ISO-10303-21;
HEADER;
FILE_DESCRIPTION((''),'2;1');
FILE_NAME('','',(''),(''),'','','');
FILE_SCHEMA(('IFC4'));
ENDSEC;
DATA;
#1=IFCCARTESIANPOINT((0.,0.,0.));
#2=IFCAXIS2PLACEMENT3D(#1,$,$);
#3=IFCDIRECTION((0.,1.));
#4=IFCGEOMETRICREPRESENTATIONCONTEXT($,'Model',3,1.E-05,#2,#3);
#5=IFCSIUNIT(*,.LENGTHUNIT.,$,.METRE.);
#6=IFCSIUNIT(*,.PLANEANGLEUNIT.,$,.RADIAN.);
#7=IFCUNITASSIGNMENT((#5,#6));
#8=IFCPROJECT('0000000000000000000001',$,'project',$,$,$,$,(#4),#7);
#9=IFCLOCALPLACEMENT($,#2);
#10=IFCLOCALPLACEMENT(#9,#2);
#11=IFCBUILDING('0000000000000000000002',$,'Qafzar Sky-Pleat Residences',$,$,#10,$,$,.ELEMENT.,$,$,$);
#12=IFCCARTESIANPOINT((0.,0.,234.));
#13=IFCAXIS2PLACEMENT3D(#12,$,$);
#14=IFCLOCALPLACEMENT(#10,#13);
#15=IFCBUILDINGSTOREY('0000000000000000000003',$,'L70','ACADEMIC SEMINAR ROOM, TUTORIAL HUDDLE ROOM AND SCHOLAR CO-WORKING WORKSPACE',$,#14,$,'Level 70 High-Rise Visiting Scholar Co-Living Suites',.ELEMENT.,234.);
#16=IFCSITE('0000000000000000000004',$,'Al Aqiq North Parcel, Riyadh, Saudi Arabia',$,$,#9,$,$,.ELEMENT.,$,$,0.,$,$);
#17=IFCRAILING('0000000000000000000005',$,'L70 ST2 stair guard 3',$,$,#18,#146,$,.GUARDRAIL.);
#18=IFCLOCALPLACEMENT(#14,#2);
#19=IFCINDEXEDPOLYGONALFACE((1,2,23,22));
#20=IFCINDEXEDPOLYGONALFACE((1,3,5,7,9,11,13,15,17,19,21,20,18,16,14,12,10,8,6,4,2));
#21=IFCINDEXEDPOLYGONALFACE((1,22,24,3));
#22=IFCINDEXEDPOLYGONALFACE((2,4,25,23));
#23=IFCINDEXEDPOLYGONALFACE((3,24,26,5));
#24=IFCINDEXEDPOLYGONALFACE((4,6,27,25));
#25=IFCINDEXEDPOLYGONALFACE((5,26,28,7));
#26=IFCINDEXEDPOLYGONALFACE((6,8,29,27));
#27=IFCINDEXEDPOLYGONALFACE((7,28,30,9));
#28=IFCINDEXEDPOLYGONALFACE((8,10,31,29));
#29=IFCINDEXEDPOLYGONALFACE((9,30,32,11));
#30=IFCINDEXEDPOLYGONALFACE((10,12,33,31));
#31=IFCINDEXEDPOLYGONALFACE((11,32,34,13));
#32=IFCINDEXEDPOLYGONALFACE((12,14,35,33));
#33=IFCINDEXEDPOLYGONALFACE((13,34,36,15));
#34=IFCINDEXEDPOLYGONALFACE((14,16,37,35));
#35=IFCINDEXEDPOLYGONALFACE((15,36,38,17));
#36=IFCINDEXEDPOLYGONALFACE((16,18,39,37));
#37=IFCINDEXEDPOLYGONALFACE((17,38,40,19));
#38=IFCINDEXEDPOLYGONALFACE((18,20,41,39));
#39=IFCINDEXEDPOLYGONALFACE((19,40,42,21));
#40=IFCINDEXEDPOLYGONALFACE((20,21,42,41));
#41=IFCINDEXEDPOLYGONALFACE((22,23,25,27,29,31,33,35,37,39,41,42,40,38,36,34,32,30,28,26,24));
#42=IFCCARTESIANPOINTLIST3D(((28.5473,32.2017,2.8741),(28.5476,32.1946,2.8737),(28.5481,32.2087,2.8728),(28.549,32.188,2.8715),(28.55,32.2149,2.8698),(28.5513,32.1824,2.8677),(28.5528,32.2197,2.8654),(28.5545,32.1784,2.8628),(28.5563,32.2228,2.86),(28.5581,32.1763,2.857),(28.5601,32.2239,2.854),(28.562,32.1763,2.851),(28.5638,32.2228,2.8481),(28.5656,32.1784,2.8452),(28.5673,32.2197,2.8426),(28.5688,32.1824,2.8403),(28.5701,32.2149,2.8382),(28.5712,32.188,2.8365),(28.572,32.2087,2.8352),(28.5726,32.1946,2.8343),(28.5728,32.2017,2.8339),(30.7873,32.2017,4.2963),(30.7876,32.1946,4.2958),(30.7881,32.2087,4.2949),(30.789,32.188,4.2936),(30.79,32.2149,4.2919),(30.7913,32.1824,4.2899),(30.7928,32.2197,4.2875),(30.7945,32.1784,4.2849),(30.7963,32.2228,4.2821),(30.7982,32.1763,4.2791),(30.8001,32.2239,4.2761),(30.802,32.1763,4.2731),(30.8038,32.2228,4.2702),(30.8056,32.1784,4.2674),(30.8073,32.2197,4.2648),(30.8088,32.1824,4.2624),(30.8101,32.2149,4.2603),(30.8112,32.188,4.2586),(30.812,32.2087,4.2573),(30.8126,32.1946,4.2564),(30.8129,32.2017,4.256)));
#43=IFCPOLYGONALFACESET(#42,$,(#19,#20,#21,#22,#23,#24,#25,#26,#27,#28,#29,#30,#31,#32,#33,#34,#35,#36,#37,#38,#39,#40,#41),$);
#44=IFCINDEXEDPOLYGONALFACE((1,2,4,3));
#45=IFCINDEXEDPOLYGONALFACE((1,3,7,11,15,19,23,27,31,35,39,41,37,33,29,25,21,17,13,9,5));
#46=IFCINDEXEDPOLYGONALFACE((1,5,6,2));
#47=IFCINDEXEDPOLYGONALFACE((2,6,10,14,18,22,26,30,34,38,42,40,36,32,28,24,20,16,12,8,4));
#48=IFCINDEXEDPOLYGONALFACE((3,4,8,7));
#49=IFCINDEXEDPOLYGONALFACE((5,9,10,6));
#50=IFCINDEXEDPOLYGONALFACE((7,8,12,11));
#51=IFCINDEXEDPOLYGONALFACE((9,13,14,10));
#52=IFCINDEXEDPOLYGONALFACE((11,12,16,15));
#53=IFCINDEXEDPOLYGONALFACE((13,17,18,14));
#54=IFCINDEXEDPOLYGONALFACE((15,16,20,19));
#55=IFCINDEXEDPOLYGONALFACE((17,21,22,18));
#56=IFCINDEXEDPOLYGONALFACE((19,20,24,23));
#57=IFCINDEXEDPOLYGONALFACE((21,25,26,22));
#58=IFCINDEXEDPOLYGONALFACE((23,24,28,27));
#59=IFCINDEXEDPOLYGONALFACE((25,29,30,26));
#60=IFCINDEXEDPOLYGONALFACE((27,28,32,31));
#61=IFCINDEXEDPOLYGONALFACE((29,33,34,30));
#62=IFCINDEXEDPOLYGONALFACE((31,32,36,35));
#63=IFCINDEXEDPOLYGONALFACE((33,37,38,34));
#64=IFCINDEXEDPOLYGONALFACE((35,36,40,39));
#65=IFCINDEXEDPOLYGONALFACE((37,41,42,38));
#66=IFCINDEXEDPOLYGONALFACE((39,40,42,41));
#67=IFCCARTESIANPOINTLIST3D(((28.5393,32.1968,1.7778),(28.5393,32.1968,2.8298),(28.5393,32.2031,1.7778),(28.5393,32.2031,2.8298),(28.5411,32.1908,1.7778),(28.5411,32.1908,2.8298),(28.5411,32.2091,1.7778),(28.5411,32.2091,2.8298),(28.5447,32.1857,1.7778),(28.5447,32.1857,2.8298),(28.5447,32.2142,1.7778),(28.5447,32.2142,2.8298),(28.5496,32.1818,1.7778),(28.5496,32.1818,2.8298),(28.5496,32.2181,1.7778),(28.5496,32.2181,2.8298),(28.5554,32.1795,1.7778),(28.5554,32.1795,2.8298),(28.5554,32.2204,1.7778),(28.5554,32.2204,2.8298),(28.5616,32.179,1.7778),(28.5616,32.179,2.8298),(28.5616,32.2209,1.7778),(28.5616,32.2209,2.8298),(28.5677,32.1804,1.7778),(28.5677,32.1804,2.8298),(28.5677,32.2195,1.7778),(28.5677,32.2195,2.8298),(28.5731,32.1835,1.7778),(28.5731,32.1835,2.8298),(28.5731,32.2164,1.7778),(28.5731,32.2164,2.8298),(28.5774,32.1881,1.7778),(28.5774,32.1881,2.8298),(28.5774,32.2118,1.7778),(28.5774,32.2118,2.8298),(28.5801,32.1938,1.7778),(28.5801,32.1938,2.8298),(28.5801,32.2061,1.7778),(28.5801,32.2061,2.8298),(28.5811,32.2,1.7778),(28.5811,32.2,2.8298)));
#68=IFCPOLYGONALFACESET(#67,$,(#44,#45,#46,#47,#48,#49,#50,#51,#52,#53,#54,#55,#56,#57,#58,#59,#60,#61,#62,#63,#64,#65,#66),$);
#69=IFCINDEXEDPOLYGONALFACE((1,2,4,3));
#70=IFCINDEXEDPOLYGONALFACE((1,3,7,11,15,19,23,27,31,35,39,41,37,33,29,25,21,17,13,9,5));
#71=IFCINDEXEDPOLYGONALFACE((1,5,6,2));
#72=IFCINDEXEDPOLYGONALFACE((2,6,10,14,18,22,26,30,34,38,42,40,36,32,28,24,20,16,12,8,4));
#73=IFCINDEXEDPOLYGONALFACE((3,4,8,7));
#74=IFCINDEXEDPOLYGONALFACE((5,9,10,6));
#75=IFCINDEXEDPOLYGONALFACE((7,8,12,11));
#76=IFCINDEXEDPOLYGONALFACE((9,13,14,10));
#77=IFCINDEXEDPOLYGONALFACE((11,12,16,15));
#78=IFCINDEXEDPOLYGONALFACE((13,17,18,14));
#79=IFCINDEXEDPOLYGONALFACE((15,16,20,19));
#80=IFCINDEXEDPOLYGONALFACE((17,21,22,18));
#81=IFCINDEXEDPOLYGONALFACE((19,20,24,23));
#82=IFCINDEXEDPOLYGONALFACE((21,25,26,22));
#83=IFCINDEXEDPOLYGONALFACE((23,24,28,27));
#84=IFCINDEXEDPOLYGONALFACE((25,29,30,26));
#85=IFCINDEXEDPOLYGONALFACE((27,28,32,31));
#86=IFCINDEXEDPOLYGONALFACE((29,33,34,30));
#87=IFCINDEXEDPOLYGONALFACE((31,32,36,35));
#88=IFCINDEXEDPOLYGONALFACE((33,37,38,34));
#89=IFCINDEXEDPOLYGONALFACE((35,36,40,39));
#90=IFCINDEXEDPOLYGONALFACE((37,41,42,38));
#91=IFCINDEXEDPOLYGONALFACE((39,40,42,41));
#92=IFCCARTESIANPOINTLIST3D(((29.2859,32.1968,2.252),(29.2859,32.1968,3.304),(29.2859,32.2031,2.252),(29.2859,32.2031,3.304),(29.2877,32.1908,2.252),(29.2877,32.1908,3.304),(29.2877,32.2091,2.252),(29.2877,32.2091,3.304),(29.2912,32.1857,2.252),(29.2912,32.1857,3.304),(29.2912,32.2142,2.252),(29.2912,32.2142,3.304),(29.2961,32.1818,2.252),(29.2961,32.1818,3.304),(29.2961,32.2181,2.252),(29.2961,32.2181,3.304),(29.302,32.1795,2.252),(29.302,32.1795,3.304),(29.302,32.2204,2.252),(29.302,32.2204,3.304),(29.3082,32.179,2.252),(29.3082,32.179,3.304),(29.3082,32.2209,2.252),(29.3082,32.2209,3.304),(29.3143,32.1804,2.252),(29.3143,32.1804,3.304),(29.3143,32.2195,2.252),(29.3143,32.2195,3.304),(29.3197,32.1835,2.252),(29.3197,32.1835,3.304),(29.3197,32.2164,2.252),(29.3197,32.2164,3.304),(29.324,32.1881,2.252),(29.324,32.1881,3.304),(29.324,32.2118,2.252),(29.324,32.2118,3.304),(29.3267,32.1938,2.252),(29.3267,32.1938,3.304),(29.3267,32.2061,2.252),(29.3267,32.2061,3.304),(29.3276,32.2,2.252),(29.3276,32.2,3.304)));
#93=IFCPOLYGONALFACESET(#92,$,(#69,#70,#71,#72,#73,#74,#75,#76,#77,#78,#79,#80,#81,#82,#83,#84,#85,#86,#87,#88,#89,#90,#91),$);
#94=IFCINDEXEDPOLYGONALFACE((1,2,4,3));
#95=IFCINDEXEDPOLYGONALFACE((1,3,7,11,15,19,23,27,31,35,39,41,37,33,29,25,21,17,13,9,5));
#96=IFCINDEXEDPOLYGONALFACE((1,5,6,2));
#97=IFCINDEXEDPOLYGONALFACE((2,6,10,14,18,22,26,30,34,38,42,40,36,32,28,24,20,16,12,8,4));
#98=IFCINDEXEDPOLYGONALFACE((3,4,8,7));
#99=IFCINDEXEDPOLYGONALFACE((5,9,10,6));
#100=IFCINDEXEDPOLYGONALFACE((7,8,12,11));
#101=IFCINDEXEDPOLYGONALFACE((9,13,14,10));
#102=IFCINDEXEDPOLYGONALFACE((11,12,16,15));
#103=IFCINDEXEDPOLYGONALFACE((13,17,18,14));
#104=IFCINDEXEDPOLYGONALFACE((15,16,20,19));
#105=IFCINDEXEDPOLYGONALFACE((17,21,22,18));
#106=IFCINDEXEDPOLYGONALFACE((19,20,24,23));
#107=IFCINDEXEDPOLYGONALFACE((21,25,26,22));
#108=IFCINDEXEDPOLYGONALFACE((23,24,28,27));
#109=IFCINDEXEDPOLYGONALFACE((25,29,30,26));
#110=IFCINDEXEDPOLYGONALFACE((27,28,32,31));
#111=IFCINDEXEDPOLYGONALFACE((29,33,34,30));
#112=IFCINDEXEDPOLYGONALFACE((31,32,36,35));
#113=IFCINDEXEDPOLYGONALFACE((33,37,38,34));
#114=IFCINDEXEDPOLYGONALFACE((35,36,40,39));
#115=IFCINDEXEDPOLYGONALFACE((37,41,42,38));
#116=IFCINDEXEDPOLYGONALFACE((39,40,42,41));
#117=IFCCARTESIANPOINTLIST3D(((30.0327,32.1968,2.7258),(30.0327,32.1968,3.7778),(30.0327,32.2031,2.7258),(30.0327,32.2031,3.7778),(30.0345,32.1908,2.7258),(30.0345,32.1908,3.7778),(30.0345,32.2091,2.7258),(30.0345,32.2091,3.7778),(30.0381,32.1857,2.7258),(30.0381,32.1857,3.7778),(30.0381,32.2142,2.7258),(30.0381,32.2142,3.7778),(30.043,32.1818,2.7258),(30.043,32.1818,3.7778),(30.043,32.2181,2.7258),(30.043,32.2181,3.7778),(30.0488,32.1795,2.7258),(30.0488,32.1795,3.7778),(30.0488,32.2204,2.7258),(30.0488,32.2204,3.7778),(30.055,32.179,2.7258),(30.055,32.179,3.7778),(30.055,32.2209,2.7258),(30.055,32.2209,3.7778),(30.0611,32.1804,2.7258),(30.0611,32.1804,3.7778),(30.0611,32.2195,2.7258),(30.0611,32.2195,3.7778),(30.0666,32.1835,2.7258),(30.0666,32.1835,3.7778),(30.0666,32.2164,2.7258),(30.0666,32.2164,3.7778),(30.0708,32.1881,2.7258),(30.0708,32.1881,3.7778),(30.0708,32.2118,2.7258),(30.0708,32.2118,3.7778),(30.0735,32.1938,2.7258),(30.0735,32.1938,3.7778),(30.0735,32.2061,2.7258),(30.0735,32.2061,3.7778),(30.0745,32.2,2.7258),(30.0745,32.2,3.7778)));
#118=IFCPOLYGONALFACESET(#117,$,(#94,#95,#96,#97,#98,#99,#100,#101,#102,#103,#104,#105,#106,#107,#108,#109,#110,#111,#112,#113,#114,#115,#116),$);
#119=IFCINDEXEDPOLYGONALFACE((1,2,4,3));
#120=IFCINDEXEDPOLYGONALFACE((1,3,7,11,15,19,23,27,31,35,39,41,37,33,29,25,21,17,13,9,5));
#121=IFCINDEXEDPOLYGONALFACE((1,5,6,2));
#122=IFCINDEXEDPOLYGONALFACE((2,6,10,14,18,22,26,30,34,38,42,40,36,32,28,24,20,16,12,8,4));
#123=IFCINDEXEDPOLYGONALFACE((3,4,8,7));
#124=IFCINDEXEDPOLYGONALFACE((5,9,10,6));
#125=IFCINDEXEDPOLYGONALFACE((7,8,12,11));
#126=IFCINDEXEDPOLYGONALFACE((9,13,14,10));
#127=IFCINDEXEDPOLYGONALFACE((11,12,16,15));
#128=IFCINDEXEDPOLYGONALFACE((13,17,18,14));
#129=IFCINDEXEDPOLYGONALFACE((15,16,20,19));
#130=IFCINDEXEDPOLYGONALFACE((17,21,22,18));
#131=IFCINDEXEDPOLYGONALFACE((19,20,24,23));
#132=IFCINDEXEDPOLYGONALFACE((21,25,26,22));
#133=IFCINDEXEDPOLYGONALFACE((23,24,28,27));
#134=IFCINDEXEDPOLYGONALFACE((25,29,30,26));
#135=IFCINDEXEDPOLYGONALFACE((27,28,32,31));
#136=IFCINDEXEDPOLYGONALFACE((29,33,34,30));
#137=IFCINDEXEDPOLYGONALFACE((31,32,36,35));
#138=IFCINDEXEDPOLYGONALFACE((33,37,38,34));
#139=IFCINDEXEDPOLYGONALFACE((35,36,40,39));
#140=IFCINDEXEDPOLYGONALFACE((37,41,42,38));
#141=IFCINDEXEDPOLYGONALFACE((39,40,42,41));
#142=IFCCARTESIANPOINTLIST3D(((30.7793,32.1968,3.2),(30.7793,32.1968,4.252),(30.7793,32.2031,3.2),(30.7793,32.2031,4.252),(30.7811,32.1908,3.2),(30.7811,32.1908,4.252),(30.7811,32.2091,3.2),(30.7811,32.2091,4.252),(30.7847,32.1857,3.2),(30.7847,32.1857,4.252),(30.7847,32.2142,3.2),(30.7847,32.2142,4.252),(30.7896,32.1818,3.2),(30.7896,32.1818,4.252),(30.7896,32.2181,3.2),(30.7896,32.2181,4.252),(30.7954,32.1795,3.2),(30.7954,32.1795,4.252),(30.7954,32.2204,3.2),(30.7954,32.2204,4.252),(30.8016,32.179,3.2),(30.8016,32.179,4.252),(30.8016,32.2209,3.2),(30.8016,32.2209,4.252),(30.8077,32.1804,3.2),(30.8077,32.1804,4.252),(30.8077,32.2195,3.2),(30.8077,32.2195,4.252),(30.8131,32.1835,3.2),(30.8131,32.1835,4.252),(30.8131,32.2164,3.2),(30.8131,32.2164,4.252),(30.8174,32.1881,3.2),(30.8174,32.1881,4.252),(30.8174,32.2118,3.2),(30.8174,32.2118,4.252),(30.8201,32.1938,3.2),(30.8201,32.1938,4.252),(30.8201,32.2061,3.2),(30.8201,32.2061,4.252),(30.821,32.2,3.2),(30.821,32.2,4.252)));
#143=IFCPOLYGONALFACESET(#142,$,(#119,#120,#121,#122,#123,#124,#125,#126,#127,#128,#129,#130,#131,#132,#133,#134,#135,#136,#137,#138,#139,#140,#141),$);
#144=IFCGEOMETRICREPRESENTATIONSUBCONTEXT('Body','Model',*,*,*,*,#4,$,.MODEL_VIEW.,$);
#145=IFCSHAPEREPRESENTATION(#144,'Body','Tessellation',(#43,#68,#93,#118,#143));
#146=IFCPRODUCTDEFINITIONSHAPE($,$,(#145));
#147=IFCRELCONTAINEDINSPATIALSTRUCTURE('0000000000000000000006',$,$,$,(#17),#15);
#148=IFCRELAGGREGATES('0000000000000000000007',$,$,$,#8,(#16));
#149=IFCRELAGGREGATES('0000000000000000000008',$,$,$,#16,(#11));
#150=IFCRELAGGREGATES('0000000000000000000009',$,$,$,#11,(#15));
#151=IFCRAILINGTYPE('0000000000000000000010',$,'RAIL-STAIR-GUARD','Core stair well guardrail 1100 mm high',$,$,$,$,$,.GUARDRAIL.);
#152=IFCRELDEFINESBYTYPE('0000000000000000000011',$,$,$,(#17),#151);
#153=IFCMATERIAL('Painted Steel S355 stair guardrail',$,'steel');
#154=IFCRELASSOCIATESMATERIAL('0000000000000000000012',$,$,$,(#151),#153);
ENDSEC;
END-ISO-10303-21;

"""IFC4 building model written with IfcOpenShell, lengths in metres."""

from ifc_helpers import new_model, si_unit, direction, frame, origin, origin_2d, place, context, subcontext, project, spatial, circle, extrude, source, transform, mapped, material, type_object, element, save


model = new_model("IFC4")

# Units and contexts
model_context = context("Model", 3, precision=1e-05, world=origin(), true_north=direction((0.0, 1.0)))
body_context = subcontext(model_context, "Body", "Model", "MODEL_VIEW")
ifc_project = project(units=[si_unit("LENGTHUNIT", "METRE"), si_unit("PLANEANGLEUNIT", "RADIAN")], contexts=[model_context])

# Site, building, storey
site_placement = place(None, origin())
site = spatial("IfcSite", under=ifc_project, at=site_placement, Name="Al Aqiq North Parcel, Riyadh, Saudi Arabia", CompositionType="ELEMENT", RefElevation=0.0)
building_placement = place(site_placement, origin())
building = spatial("IfcBuilding", under=site, at=building_placement, Name="Qafzar Sky-Pleat Residences", CompositionType="ELEMENT")
storey_placement = place(building_placement, frame((0.0, 0.0, 234.0)))
storey = spatial("IfcBuildingStorey", under=building, at=storey_placement, Name="L70", Description="ACADEMIC SEMINAR ROOM, TUTORIAL HUDDLE ROOM AND SCHOLAR CO-WORKING WORKSPACE", LongName="Level 70 High-Rise Visiting Scholar Co-Living Suites", CompositionType="ELEMENT", Elevation=234.0)

# Railing
ifc_material_1 = material(Name="Painted Steel S355 stair guardrail", Category="steel")
railing_type_1 = type_object("IfcRailingType", Name="RAIL-STAIR-GUARD", Description="Core stair well guardrail 1100 mm high", PredefinedType="GUARDRAIL", material=ifc_material_1)
shared_shape_1 = source(origin(), body_context, "Body", "SweptSolid", [
    extrude(circle(Radius=0.0239, at=origin_2d()), frame((0.0, 0.0, 1.0762), z_axis=(0.844229, 0.0, 0.535982), x_axis=(0.0, 1.0, 0.0)), (0.0, 0.0, 1.0), 2.6533),
    extrude(circle(Radius=0.021, at=origin_2d()), origin(), (0.0, 0.0, 1.0), 1.052),
    extrude(circle(Radius=0.021, at=origin_2d()), frame((0.7466, 0.0, 0.4741)), (0.0, 0.0, 1.0), 1.052),
    extrude(circle(Radius=0.021, at=origin_2d()), frame((1.4934, 0.0, 0.948)), (0.0, 0.0, 1.0), 1.052),
    extrude(circle(Radius=0.021, at=origin_2d()), frame((2.24, 0.0, 1.4221)), (0.0, 0.0, 1.0), 1.052),
])
railing_1_placement = place(storey_placement, frame((28.5601, 32.2, 1.7778)))
element("IfcRailing", 1, at=railing_1_placement, inside=storey, type_object=railing_type_1, Name="L70 ST2 stair guard 3", PredefinedType="GUARDRAIL", context=body_context, shape_type="MappedRepresentation", body=[
    mapped(shared_shape_1, transform((0.0, 0.0, 0.0), x_axis=(1.0, 0.0, 0.0), y_axis=(0.0, 1.0, 0.0), z_axis=(0.0, 0.0, 1.0), scale=1.0)),
])

save(model, "model.ifc")
